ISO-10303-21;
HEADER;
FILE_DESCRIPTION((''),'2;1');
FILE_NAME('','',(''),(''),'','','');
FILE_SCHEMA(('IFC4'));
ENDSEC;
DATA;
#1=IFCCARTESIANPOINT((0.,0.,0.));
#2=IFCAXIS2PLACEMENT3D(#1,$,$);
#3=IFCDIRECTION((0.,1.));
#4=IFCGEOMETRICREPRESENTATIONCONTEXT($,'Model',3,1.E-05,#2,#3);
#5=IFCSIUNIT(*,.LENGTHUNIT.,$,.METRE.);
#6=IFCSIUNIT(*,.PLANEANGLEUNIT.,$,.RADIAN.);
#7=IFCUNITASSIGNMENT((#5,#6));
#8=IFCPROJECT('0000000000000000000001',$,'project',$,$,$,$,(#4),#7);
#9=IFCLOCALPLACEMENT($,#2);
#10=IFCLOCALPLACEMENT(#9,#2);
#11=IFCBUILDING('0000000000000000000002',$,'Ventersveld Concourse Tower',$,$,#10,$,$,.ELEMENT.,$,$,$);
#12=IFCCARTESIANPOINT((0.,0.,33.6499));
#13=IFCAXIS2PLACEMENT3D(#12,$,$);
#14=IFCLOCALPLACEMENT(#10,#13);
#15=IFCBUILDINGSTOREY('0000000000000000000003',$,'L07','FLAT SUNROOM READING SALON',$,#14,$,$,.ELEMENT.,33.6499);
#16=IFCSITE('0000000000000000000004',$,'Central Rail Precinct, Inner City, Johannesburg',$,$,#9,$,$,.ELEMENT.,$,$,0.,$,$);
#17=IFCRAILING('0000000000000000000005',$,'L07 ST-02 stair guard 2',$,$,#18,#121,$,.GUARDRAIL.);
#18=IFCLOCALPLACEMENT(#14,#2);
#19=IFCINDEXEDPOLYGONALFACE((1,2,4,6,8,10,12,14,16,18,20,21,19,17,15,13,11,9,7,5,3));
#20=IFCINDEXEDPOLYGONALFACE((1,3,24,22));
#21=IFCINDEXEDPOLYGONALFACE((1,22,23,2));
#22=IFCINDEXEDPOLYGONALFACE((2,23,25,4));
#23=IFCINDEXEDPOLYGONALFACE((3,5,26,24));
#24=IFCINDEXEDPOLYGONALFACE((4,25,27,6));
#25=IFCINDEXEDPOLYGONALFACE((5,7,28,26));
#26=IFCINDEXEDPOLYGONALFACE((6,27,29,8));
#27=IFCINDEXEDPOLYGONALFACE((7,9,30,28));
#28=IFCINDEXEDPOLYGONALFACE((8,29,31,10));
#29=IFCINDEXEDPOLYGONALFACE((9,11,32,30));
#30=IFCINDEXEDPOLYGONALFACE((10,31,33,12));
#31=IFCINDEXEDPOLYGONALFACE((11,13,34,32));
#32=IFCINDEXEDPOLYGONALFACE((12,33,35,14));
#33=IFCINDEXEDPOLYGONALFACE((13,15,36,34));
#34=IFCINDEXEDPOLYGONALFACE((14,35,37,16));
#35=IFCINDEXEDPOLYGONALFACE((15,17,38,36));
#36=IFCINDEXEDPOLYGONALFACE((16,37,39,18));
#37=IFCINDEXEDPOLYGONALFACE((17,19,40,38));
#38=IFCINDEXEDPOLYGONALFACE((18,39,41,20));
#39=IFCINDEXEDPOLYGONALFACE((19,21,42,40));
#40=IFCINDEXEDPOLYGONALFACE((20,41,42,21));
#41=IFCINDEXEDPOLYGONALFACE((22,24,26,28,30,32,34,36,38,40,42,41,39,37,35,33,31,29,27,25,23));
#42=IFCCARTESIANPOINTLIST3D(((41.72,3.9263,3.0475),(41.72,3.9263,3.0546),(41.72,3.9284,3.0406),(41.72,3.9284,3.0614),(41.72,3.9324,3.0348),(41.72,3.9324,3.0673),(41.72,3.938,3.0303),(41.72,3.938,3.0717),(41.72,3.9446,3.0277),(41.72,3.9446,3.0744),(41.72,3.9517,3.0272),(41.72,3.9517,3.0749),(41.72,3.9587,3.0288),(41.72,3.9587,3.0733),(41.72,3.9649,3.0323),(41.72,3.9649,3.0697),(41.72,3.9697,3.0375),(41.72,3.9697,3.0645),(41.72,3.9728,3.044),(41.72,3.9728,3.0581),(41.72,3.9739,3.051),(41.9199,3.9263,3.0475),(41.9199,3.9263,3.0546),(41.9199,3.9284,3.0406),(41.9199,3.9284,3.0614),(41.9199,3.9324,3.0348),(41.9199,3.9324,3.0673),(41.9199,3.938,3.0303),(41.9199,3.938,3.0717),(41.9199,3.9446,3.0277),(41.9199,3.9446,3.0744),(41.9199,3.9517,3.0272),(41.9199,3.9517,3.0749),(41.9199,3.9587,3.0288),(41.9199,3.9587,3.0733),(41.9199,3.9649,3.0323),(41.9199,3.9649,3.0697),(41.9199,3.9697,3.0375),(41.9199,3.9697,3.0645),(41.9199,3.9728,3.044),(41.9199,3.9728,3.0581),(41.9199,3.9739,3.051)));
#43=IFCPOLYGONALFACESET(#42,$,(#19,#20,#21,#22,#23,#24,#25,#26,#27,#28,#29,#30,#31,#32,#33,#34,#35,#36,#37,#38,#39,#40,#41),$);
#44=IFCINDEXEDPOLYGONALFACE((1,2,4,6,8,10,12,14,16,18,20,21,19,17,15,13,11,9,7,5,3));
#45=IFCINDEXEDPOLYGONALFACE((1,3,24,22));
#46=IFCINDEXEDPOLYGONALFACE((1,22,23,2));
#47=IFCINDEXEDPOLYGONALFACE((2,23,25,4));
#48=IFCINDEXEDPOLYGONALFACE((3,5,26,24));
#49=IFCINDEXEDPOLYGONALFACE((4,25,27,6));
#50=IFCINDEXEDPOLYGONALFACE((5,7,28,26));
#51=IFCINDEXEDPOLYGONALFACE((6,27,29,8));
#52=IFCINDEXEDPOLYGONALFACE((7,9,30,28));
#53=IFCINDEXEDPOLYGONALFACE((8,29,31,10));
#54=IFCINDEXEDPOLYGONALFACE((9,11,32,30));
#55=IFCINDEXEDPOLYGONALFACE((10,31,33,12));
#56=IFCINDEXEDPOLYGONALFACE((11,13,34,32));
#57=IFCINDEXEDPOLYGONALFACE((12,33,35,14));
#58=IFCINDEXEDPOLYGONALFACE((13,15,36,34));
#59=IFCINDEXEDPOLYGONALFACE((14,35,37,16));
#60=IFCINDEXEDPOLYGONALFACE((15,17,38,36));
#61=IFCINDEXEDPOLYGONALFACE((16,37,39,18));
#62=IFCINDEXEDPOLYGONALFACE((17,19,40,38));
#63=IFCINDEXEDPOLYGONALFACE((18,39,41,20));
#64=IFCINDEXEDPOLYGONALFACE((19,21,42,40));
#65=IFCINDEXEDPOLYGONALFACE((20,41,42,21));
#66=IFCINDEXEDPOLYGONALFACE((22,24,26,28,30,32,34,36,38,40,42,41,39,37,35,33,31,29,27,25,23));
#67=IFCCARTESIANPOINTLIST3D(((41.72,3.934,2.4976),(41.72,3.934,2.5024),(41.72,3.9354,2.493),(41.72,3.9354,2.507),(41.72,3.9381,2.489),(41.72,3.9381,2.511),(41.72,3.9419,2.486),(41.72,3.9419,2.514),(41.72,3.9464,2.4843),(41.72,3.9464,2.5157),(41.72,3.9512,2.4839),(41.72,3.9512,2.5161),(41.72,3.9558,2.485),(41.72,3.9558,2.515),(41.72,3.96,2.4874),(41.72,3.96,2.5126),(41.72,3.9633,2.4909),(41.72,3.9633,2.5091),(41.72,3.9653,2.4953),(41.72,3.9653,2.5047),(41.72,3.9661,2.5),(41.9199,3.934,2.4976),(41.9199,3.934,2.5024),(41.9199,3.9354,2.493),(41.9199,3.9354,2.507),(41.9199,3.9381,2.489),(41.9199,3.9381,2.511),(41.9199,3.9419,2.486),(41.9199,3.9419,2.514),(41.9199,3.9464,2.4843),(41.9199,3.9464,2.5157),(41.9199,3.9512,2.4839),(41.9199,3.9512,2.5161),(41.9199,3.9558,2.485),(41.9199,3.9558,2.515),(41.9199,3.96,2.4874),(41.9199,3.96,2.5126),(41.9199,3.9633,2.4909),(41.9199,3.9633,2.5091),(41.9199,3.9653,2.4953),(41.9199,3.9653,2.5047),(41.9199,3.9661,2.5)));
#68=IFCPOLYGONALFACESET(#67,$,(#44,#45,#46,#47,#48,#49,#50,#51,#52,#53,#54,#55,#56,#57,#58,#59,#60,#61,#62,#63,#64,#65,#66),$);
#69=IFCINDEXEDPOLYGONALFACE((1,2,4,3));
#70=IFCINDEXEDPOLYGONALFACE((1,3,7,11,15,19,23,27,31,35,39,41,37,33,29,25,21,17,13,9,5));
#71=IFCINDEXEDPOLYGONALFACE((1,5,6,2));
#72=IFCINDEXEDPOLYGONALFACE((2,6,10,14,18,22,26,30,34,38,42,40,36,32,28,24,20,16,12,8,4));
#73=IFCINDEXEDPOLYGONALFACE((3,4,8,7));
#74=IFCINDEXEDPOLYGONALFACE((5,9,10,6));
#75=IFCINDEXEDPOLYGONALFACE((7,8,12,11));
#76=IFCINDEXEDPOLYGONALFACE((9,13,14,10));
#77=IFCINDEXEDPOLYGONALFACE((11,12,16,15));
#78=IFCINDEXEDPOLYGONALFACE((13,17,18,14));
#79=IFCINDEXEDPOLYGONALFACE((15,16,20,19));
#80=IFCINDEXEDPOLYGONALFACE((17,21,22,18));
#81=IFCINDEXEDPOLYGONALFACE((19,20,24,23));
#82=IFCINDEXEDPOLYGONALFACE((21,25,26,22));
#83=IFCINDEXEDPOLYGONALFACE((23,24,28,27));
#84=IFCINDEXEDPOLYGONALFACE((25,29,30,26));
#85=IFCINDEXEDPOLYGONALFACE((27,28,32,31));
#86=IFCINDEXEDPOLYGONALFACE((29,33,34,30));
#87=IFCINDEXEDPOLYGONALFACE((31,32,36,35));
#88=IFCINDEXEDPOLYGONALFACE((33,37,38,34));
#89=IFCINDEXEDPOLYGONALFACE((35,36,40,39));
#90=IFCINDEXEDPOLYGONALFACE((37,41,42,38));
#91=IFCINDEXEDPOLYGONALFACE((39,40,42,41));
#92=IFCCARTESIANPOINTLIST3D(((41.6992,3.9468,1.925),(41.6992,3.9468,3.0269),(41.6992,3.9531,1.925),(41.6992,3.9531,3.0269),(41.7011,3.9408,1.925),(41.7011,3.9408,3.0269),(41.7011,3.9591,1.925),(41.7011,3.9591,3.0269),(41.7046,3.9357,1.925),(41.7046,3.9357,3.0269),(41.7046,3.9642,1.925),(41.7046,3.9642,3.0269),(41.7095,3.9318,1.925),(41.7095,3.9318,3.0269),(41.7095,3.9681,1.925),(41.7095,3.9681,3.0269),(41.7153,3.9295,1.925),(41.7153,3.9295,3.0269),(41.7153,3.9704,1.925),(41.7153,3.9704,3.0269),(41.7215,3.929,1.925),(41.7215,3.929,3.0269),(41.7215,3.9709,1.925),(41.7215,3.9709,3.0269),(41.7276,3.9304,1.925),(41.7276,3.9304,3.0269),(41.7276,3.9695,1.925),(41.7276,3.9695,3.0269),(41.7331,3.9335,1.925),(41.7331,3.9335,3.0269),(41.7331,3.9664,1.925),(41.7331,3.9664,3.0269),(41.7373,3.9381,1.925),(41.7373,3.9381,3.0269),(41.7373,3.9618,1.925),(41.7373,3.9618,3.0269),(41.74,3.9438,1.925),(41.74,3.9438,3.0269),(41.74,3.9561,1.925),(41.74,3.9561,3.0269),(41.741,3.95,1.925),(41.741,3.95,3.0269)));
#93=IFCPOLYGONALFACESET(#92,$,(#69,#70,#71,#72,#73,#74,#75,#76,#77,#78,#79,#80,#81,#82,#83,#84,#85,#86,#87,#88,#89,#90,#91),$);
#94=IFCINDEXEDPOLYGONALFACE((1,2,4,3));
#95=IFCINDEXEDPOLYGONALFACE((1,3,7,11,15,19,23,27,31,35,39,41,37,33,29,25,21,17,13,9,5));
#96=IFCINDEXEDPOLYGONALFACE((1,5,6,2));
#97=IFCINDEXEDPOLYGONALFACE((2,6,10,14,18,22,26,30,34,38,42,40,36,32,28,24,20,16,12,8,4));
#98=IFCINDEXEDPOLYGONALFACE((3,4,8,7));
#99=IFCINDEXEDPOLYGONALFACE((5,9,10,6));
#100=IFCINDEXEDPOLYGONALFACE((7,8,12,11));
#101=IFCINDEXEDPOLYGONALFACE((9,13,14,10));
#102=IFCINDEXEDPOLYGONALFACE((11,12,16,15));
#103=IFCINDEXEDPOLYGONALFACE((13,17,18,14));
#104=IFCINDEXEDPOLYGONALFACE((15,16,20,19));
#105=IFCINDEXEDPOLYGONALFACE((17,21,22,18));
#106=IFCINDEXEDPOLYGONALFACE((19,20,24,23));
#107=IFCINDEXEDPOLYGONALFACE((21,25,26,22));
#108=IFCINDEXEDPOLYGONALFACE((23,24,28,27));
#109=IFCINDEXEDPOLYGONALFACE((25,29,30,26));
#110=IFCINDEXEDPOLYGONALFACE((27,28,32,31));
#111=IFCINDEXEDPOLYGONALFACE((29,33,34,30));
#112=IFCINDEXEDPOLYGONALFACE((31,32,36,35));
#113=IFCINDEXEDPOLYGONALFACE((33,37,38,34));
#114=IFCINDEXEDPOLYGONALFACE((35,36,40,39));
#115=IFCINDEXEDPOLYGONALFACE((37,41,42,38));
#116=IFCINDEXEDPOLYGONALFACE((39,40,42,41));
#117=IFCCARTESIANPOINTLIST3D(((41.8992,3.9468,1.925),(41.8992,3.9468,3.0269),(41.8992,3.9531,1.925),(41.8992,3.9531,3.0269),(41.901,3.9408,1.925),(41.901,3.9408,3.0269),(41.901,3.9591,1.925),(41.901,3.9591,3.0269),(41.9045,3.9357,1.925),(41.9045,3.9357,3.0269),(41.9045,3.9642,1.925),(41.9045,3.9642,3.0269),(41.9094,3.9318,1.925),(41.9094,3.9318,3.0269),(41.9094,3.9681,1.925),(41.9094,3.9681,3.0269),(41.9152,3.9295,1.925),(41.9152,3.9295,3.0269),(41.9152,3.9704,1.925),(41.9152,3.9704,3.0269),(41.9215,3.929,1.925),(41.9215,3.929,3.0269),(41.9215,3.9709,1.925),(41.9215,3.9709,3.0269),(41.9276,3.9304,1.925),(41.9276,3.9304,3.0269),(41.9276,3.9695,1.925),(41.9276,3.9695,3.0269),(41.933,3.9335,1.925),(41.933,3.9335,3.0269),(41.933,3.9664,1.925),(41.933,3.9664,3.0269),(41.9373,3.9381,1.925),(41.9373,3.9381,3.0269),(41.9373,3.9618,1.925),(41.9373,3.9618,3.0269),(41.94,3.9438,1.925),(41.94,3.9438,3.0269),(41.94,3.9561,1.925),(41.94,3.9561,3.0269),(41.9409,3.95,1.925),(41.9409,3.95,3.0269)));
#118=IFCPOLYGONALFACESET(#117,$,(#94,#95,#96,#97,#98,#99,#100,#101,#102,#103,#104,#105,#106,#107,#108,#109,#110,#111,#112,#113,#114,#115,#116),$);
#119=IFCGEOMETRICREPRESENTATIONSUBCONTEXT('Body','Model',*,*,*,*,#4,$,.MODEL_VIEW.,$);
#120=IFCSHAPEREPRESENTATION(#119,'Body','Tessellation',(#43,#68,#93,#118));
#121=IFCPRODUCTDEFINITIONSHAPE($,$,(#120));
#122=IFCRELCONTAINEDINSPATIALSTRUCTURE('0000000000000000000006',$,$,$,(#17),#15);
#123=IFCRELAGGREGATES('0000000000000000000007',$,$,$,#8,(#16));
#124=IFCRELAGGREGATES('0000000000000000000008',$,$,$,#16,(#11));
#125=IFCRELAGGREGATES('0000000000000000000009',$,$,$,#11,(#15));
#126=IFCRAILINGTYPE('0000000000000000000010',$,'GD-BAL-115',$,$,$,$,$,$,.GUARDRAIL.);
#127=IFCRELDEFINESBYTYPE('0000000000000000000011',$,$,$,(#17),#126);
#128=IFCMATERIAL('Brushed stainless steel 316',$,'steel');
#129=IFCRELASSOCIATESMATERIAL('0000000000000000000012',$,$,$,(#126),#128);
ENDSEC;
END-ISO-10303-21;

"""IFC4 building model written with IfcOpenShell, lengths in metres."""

from ifc_helpers import new_model, si_unit, direction, frame, origin, origin_2d, place, context, subcontext, project, spatial, circle, extrude, material, type_object, element, save


model = new_model("IFC4")

# Units and contexts
model_context = context("Model", 3, precision=1e-05, world=origin(), true_north=direction((0.0, 1.0)))
body_context = subcontext(model_context, "Body", "Model", "MODEL_VIEW")
ifc_project = project(units=[si_unit("LENGTHUNIT", "METRE"), si_unit("PLANEANGLEUNIT", "RADIAN")], contexts=[model_context])

# Site, building, storey
site_placement = place(None, origin())
site = spatial("IfcSite", under=ifc_project, at=site_placement, Name="Central Rail Precinct, Inner City, Johannesburg", CompositionType="ELEMENT", RefElevation=0.0)
building_placement = place(site_placement, origin())
building = spatial("IfcBuilding", under=site, at=building_placement, Name="Ventersveld Concourse Tower", CompositionType="ELEMENT")
storey_placement = place(building_placement, frame((0.0, 0.0, 33.6499)))
storey = spatial("IfcBuildingStorey", under=building, at=storey_placement, Name="L07", Description="FLAT SUNROOM READING SALON", CompositionType="ELEMENT", Elevation=33.6499)

# Railing
ifc_material_1 = material(Name="Brushed stainless steel 316", Category="steel")
railing_type_1 = type_object("IfcRailingType", Name="GD-BAL-115", PredefinedType="GUARDRAIL", material=ifc_material_1)
railing_1_placement = place(storey_placement, frame((41.72, 3.95, 1.925)))
element("IfcRailing", 1, at=railing_1_placement, inside=storey, type_object=railing_type_1, Name="L07 ST-02 stair guard 2", PredefinedType="GUARDRAIL", context=body_context, shape_type="SweptSolid", body=[
    extrude(circle(Radius=0.0239, at=origin_2d()), frame((0.0, 0.0, 1.126), z_axis=(1.0, 0.0, 0.0), x_axis=(0.0, 1.0, 0.0)), (0.0, 0.0, 1.0), 0.2),
    extrude(circle(Radius=0.0161, at=origin_2d()), frame((0.0, 0.0, 0.575), z_axis=(1.0, 0.0, 0.0), x_axis=(0.0, 1.0, 0.0)), (0.0, 0.0, 1.0), 0.2),
    extrude(circle(Radius=0.021, at=origin_2d()), origin(), (0.0, 0.0, 1.0), 1.1018),
    extrude(circle(Radius=0.021, at=origin_2d()), frame((0.2, 0.0, 0.0)), (0.0, 0.0, 1.0), 1.1018),
])

save(model, "model.ifc")
